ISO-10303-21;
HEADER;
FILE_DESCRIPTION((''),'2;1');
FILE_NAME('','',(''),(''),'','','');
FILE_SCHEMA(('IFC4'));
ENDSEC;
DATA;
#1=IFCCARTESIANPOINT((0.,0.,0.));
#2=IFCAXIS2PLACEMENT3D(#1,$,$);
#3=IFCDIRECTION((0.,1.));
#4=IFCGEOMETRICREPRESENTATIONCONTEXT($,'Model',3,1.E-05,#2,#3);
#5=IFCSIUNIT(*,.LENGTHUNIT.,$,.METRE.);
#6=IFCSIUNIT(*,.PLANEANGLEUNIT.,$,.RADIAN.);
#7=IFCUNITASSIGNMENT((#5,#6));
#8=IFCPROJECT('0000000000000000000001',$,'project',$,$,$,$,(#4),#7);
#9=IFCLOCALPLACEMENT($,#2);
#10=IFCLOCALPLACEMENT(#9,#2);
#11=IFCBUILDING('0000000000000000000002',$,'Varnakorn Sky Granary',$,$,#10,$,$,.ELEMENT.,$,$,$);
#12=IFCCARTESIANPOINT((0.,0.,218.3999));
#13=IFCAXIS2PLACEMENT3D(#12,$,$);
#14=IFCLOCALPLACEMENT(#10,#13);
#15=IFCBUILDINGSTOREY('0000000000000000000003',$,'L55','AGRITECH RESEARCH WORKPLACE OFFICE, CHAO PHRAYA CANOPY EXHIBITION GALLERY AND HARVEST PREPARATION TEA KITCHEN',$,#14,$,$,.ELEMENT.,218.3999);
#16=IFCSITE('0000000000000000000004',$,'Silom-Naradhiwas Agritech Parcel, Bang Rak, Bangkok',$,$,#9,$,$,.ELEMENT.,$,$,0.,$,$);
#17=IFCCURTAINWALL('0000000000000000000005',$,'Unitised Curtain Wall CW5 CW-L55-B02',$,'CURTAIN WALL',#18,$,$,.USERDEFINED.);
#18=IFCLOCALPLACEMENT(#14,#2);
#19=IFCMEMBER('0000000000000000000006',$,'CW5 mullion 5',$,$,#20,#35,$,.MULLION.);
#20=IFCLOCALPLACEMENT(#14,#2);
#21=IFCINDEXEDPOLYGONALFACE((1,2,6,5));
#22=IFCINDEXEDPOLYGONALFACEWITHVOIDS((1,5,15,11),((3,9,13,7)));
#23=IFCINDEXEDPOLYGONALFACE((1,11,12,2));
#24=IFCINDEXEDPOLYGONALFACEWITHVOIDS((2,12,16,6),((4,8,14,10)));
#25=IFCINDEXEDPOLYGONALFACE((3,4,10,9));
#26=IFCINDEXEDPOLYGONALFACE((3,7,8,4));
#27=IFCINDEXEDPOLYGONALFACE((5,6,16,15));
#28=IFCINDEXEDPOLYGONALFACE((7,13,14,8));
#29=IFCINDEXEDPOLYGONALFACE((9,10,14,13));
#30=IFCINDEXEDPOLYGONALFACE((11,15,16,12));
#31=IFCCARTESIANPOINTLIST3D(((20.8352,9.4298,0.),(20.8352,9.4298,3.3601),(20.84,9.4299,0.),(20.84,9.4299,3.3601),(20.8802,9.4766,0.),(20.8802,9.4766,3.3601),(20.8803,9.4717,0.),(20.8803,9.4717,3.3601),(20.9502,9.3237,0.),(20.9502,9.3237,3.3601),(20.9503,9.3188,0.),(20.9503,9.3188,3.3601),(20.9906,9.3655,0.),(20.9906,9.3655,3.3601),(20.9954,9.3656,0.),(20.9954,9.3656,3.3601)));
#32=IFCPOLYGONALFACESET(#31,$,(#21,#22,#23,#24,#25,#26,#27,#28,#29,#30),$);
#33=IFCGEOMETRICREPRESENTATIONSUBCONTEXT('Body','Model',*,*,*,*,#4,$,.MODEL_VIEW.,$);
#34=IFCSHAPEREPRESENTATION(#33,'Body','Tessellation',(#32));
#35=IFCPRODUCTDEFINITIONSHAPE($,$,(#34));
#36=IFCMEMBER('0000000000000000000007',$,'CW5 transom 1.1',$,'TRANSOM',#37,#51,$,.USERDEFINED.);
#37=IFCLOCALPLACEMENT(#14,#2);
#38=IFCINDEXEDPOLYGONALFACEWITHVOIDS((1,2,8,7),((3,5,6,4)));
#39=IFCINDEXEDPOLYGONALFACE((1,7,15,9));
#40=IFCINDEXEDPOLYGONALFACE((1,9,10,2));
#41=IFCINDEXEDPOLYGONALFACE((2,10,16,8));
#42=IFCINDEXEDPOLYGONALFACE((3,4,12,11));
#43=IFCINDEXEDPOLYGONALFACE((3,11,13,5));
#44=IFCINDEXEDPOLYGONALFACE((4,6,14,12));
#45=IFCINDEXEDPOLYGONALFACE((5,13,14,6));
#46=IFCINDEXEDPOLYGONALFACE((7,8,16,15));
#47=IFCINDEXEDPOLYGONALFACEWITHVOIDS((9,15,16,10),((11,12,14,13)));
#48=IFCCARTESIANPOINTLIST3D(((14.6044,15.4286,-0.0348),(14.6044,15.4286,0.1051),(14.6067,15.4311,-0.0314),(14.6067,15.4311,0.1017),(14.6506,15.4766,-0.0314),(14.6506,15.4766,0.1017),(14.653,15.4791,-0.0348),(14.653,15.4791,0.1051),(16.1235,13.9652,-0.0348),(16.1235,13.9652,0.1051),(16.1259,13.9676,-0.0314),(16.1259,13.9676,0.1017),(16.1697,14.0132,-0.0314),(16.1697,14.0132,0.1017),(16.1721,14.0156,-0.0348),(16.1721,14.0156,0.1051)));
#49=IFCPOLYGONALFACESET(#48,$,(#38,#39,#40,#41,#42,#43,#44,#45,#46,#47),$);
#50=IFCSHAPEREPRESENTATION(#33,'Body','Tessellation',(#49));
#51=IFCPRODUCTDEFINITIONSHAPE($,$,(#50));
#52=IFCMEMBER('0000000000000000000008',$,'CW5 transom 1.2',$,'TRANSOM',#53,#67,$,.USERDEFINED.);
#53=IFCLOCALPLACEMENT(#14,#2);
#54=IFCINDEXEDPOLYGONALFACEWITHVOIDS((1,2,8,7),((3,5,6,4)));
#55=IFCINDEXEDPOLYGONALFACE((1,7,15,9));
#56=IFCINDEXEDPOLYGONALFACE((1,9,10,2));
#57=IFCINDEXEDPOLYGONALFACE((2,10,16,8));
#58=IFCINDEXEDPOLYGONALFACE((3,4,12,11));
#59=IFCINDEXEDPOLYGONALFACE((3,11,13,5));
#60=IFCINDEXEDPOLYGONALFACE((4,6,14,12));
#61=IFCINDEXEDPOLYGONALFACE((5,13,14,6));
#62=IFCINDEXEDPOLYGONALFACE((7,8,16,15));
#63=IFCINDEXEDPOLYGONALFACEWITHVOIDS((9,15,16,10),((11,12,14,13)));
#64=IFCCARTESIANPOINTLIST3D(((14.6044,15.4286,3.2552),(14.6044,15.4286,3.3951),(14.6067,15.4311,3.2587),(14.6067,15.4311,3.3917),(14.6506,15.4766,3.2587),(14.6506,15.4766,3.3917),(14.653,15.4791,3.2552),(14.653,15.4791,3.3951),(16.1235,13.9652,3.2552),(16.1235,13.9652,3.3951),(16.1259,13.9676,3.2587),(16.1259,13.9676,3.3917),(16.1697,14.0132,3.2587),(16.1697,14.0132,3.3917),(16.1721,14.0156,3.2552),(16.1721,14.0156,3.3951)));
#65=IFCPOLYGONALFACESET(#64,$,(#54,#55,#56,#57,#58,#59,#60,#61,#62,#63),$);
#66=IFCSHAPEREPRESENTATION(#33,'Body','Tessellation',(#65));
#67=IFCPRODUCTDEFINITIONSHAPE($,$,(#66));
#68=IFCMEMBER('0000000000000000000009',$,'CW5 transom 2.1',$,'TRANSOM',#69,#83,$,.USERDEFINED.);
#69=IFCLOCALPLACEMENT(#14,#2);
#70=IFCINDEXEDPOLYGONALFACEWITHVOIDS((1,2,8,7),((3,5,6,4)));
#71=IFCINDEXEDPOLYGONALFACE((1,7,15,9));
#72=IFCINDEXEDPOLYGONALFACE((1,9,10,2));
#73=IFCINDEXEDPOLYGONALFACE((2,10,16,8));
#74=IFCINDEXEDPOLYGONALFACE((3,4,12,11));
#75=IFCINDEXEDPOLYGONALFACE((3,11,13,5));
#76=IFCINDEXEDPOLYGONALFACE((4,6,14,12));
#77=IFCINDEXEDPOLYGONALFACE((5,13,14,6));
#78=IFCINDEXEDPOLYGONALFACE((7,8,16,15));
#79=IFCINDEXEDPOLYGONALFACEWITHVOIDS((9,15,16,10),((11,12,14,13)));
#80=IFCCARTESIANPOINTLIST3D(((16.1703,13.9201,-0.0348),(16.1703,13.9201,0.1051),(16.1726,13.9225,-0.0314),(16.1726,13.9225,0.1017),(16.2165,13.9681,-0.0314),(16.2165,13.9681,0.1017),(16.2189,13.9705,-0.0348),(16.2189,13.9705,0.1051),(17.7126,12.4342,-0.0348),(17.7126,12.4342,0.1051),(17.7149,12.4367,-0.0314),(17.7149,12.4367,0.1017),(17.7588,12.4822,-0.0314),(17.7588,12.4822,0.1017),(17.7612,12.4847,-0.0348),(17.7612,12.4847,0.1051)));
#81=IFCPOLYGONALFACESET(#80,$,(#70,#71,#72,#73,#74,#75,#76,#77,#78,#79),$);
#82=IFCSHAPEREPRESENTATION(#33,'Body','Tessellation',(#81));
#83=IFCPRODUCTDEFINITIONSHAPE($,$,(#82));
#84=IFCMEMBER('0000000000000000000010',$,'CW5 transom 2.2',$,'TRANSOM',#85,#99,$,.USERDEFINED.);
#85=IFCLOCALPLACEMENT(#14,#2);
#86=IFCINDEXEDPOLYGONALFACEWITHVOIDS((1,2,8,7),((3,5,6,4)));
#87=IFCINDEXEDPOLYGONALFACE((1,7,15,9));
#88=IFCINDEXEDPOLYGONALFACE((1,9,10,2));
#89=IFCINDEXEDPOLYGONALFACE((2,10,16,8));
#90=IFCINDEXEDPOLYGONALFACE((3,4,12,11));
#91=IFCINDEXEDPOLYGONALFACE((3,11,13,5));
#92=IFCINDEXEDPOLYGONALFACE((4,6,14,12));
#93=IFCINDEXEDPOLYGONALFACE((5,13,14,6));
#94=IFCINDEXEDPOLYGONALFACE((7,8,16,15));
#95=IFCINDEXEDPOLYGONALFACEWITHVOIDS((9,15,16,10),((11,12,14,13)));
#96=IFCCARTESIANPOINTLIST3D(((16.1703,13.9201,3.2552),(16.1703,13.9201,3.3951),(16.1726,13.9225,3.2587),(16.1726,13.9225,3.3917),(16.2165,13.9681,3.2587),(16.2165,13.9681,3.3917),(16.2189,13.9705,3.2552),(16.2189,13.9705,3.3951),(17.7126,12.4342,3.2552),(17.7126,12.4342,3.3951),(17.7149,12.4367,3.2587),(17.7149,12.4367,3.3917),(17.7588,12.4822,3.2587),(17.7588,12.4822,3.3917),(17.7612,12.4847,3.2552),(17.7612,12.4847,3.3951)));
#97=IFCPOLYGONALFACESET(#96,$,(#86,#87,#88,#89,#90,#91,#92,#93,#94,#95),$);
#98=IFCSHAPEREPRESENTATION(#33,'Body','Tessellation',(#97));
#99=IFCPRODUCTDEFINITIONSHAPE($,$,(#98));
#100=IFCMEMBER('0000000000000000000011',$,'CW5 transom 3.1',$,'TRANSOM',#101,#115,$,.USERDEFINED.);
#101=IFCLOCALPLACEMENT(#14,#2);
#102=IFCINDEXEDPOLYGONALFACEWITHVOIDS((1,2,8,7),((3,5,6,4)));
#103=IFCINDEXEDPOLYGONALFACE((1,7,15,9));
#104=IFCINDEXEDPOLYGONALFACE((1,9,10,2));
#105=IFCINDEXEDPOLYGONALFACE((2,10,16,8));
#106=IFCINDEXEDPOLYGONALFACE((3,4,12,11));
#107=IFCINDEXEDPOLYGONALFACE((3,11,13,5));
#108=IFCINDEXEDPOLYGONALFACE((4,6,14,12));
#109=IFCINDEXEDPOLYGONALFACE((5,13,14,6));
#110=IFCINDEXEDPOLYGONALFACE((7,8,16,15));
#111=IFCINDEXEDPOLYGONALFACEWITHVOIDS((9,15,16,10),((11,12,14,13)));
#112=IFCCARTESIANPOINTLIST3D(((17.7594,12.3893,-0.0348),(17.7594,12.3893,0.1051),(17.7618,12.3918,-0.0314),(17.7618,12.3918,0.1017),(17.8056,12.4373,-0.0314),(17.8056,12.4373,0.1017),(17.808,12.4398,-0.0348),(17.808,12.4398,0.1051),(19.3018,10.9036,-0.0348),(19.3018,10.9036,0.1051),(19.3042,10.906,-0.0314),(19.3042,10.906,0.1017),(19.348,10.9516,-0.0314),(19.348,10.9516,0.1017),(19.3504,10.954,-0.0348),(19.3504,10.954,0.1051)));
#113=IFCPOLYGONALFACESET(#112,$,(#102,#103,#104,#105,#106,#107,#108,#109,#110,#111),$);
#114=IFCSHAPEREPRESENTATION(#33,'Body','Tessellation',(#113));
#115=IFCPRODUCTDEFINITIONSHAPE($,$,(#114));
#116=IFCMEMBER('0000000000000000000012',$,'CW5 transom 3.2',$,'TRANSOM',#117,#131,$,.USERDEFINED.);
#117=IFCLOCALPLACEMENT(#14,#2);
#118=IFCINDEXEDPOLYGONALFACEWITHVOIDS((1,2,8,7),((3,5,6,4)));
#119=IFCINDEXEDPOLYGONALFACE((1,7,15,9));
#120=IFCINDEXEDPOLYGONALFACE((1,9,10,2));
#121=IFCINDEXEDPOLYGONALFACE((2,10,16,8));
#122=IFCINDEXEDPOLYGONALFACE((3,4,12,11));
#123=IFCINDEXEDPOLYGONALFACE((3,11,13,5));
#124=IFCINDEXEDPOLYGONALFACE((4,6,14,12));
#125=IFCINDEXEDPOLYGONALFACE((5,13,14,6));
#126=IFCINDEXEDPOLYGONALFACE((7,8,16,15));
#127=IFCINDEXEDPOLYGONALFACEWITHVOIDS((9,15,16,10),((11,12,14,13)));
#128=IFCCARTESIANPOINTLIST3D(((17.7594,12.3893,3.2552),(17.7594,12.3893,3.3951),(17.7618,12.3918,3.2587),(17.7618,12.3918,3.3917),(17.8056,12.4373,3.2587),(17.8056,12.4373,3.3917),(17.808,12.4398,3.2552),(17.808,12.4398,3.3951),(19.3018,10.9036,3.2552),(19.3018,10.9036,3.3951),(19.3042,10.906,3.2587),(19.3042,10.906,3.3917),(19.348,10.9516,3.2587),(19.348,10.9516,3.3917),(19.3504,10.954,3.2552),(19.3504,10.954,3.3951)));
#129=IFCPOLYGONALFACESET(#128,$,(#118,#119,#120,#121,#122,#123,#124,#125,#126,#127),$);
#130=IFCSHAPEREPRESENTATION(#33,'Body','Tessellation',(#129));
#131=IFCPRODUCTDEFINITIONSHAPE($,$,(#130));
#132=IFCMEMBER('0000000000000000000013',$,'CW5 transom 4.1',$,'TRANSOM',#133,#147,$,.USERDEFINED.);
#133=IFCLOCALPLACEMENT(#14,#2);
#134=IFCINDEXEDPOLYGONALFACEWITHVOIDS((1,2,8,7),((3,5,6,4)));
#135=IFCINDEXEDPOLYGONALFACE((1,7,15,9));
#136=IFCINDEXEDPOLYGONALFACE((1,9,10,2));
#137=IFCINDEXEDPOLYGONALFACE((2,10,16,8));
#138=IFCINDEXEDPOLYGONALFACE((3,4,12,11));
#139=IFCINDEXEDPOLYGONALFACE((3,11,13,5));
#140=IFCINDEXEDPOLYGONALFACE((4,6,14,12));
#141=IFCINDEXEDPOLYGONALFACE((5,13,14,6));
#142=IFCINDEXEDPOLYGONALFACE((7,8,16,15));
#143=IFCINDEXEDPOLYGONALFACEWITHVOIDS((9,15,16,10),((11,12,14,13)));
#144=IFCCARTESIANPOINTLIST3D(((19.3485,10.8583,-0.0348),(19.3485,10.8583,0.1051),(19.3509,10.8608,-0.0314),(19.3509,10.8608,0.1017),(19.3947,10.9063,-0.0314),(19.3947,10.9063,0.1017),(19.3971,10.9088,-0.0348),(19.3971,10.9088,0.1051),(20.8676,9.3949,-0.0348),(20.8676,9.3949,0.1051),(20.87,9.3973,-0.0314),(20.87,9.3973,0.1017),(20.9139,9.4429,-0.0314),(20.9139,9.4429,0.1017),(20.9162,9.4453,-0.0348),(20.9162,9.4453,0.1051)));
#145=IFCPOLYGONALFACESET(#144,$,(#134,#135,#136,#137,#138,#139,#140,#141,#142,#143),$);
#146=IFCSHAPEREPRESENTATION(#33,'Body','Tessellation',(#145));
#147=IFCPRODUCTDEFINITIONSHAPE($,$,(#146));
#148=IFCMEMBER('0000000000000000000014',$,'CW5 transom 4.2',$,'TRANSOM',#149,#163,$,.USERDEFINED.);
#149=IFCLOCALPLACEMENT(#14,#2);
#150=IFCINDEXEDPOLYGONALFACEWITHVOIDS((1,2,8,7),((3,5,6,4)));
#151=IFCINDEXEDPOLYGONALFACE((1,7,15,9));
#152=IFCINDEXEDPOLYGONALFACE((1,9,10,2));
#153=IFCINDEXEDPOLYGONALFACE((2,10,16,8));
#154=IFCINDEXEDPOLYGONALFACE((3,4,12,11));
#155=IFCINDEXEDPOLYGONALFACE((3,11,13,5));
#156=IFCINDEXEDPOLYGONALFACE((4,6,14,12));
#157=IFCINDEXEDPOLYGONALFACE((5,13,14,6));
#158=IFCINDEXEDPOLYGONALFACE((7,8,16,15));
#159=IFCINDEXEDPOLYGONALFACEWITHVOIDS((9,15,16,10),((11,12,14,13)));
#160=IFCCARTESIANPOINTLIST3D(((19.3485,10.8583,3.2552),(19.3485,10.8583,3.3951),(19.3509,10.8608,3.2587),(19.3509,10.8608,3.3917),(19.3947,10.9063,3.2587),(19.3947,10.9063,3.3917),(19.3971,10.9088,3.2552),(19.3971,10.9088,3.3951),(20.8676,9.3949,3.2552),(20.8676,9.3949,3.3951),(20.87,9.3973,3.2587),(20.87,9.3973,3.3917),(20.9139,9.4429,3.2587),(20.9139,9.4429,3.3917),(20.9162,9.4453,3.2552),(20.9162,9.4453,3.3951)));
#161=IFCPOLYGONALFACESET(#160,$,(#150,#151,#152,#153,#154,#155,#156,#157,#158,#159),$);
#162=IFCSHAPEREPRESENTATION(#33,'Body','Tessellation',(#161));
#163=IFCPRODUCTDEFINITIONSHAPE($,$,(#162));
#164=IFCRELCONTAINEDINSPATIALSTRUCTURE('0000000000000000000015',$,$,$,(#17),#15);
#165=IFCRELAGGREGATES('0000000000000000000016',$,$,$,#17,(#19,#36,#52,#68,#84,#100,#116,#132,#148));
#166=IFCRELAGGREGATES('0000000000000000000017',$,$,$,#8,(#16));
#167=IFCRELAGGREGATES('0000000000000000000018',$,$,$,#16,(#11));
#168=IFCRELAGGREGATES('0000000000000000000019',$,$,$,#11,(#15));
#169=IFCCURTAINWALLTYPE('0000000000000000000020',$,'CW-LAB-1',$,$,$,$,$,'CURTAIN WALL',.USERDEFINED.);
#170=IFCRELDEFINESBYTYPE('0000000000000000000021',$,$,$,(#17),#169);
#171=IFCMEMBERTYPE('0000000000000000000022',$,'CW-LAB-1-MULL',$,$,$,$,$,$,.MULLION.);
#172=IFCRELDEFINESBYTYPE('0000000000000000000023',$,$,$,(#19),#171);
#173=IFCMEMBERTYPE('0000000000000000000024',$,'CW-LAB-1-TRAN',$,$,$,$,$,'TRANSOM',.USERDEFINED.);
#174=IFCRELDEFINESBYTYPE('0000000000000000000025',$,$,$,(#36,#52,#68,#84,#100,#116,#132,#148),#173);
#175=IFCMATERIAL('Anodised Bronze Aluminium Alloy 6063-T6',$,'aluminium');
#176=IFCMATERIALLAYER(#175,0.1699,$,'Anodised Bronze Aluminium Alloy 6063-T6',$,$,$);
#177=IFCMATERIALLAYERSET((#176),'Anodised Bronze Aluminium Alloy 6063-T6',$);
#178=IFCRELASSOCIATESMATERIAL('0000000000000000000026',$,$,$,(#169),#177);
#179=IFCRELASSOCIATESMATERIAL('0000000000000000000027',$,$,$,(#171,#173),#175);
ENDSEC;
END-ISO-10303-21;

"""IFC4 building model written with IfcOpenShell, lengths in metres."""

from ifc_helpers import new_model, si_unit, direction, frame, origin, origin_2d, place, context, subcontext, project, spatial, hollow_rectangle, extrude, material, layer, layer_set, material_profile, profile_set, type_object, element, aggregate, save


model = new_model("IFC4")

# Units and contexts
model_context = context("Model", 3, precision=1e-05, world=origin(), true_north=direction((0.0, 1.0)))
body_context = subcontext(model_context, "Body", "Model", "MODEL_VIEW")
ifc_project = project(units=[si_unit("LENGTHUNIT", "METRE"), si_unit("PLANEANGLEUNIT", "RADIAN")], contexts=[model_context])

# Site, building, storey
site_placement = place(None, origin())
site = spatial("IfcSite", under=ifc_project, at=site_placement, Name="Silom-Naradhiwas Agritech Parcel, Bang Rak, Bangkok", CompositionType="ELEMENT", RefElevation=0.0)
building_placement = place(site_placement, origin())
building = spatial("IfcBuilding", under=site, at=building_placement, Name="Varnakorn Sky Granary", CompositionType="ELEMENT")
storey_placement = place(building_placement, frame((0.0, 0.0, 218.3999)))
storey = spatial("IfcBuildingStorey", under=building, at=storey_placement, Name="L55", Description="AGRITECH RESEARCH WORKPLACE OFFICE, CHAO PHRAYA CANOPY EXHIBITION GALLERY AND HARVEST PREPARATION TEA KITCHEN", CompositionType="ELEMENT", Elevation=218.3999)

# Curtain wall, members
ifc_material_1 = material(Name="Anodised Bronze Aluminium Alloy 6063-T6", Category="aluminium")
ifc_layer_1 = layer(ifc_material_1, 0.1699, Name="Anodised Bronze Aluminium Alloy 6063-T6")
ifc_layer_set_1 = layer_set([ifc_layer_1], Name="Anodised Bronze Aluminium Alloy 6063-T6")
curtain_wall_type = type_object("IfcCurtainWallType", Name="CW-LAB-1", ElementType="CURTAIN WALL", PredefinedType="USERDEFINED", material=ifc_layer_set_1)
curtain_wall_placement = place(storey_placement, origin())
curtain_wall = element("IfcCurtainWall", 1, at=curtain_wall_placement, inside=storey, type_object=curtain_wall_type, Name="Unitised Curtain Wall CW5 CW-L55-B02", ObjectType="CURTAIN WALL", PredefinedType="USERDEFINED")
ifc_material_profile_1 = material_profile(ifc_material_1, hollow_rectangle(XDim=0.0649, YDim=0.1599, WallThickness=0.0034, at=origin_2d()), Name="ALU MULL 65x160")
ifc_profile_set_1 = profile_set([ifc_material_profile_1], Name="Anodised Bronze Aluminium Alloy 6063-T6")
member_type_1 = type_object("IfcMemberType", Name="CW-LAB-1-MULL", PredefinedType="MULLION", material=ifc_profile_set_1)
member_1_placement = place(storey_placement, frame((20.9153, 9.3977, 0.0), z_axis=(0.0, 0.0, 1.0), x_axis=(0.693785, 0.720182, 0.0)))
member_1 = element("IfcMember", 2, at=member_1_placement, type_object=member_type_1, Name="CW5 mullion 5", PredefinedType="MULLION", context=body_context, shape_type="SweptSolid", body=[
    extrude(hollow_rectangle(XDim=0.0649, YDim=0.1599, WallThickness=0.0034, at=origin_2d()), origin(), (0.0, 0.0, 1.0), 3.3601),
])
ifc_material_profile_2 = material_profile(ifc_material_1, hollow_rectangle(XDim=0.0701, YDim=0.1399, WallThickness=0.0034, at=origin_2d()), Name="ALU TRAN 70x140")
ifc_profile_set_2 = profile_set([ifc_material_profile_2], Name="Anodised Bronze Aluminium Alloy 6063-T6")
member_type_2 = type_object("IfcMemberType", Name="CW-LAB-1-TRAN", ElementType="TRANSOM", PredefinedType="USERDEFINED", material=ifc_profile_set_2)
member_2_placement = place(storey_placement, frame((14.6287, 15.4539, 0.0352), z_axis=(0.720179, -0.693788, 0.0), x_axis=(0.693788, 0.720179, 0.0)))
member_2 = element("IfcMember", 3, at=member_2_placement, type_object=member_type_2, Name="CW5 transom 1.1", ObjectType="TRANSOM", PredefinedType="USERDEFINED", context=body_context, shape_type="SweptSolid", body=[
    extrude(hollow_rectangle(XDim=0.0701, YDim=0.1399, WallThickness=0.0034, at=origin_2d()), origin(), (0.0, 0.0, 1.0), 2.1094),
])
member_3_placement = place(storey_placement, frame((14.6287, 15.4539, 3.3252), z_axis=(0.720179, -0.693788, 0.0), x_axis=(0.693788, 0.720179, 0.0)))
member_3 = element("IfcMember", 4, at=member_3_placement, type_object=member_type_2, Name="CW5 transom 1.2", ObjectType="TRANSOM", PredefinedType="USERDEFINED", context=body_context, shape_type="SweptSolid", body=[
    extrude(hollow_rectangle(XDim=0.0701, YDim=0.1399, WallThickness=0.0034, at=origin_2d()), origin(), (0.0, 0.0, 1.0), 2.1094),
])
member_4_placement = place(storey_placement, frame((16.1946, 13.9453, 0.0352), z_axis=(0.720151, -0.693817, 0.0), x_axis=(0.693817, 0.720151, 0.0)))
member_4 = element("IfcMember", 5, at=member_4_placement, type_object=member_type_2, Name="CW5 transom 2.1", ObjectType="TRANSOM", PredefinedType="USERDEFINED", context=body_context, shape_type="SweptSolid", body=[
    extrude(hollow_rectangle(XDim=0.0701, YDim=0.1399, WallThickness=0.0034, at=origin_2d()), origin(), (0.0, 0.0, 1.0), 2.1416),
])
member_5_placement = place(storey_placement, frame((16.1946, 13.9453, 3.3252), z_axis=(0.720151, -0.693817, 0.0), x_axis=(0.693817, 0.720151, 0.0)))
member_5 = element("IfcMember", 6, at=member_5_placement, type_object=member_type_2, Name="CW5 transom 2.2", ObjectType="TRANSOM", PredefinedType="USERDEFINED", context=body_context, shape_type="SweptSolid", body=[
    extrude(hollow_rectangle(XDim=0.0701, YDim=0.1399, WallThickness=0.0034, at=origin_2d()), origin(), (0.0, 0.0, 1.0), 2.1416),
])
member_6_placement = place(storey_placement, frame((17.7837, 12.4146, 0.0352), z_axis=(0.720206, -0.69376, 0.0), x_axis=(0.69376, 0.720206, 0.0)))
member_6 = element("IfcMember", 7, at=member_6_placement, type_object=member_type_2, Name="CW5 transom 3.1", ObjectType="TRANSOM", PredefinedType="USERDEFINED", context=body_context, shape_type="SweptSolid", body=[
    extrude(hollow_rectangle(XDim=0.0701, YDim=0.1399, WallThickness=0.0034, at=origin_2d()), origin(), (0.0, 0.0, 1.0), 2.1416),
])
member_7_placement = place(storey_placement, frame((17.7837, 12.4146, 3.3252), z_axis=(0.720206, -0.69376, 0.0), x_axis=(0.69376, 0.720206, 0.0)))
member_7 = element("IfcMember", 8, at=member_7_placement, type_object=member_type_2, Name="CW5 transom 3.2", ObjectType="TRANSOM", PredefinedType="USERDEFINED", context=body_context, shape_type="SweptSolid", body=[
    extrude(hollow_rectangle(XDim=0.0701, YDim=0.1399, WallThickness=0.0034, at=origin_2d()), origin(), (0.0, 0.0, 1.0), 2.1416),
])
member_8_placement = place(storey_placement, frame((19.3728, 10.8835, 0.0352), z_axis=(0.720179, -0.693788, 0.0), x_axis=(0.693788, 0.720179, 0.0)))
member_8 = element("IfcMember", 9, at=member_8_placement, type_object=member_type_2, Name="CW5 transom 4.1", ObjectType="TRANSOM", PredefinedType="USERDEFINED", context=body_context, shape_type="SweptSolid", body=[
    extrude(hollow_rectangle(XDim=0.0701, YDim=0.1399, WallThickness=0.0034, at=origin_2d()), origin(), (0.0, 0.0, 1.0), 2.1094),
])
member_9_placement = place(storey_placement, frame((19.3728, 10.8835, 3.3252), z_axis=(0.720179, -0.693788, 0.0), x_axis=(0.693788, 0.720179, 0.0)))
member_9 = element("IfcMember", 10, at=member_9_placement, type_object=member_type_2, Name="CW5 transom 4.2", ObjectType="TRANSOM", PredefinedType="USERDEFINED", context=body_context, shape_type="SweptSolid", body=[
    extrude(hollow_rectangle(XDim=0.0701, YDim=0.1399, WallThickness=0.0034, at=origin_2d()), origin(), (0.0, 0.0, 1.0), 2.1094),
])

aggregate(curtain_wall, [member_1, member_2, member_3, member_4, member_5, member_6, member_7, member_8, member_9])

save(model, "model.ifc")
